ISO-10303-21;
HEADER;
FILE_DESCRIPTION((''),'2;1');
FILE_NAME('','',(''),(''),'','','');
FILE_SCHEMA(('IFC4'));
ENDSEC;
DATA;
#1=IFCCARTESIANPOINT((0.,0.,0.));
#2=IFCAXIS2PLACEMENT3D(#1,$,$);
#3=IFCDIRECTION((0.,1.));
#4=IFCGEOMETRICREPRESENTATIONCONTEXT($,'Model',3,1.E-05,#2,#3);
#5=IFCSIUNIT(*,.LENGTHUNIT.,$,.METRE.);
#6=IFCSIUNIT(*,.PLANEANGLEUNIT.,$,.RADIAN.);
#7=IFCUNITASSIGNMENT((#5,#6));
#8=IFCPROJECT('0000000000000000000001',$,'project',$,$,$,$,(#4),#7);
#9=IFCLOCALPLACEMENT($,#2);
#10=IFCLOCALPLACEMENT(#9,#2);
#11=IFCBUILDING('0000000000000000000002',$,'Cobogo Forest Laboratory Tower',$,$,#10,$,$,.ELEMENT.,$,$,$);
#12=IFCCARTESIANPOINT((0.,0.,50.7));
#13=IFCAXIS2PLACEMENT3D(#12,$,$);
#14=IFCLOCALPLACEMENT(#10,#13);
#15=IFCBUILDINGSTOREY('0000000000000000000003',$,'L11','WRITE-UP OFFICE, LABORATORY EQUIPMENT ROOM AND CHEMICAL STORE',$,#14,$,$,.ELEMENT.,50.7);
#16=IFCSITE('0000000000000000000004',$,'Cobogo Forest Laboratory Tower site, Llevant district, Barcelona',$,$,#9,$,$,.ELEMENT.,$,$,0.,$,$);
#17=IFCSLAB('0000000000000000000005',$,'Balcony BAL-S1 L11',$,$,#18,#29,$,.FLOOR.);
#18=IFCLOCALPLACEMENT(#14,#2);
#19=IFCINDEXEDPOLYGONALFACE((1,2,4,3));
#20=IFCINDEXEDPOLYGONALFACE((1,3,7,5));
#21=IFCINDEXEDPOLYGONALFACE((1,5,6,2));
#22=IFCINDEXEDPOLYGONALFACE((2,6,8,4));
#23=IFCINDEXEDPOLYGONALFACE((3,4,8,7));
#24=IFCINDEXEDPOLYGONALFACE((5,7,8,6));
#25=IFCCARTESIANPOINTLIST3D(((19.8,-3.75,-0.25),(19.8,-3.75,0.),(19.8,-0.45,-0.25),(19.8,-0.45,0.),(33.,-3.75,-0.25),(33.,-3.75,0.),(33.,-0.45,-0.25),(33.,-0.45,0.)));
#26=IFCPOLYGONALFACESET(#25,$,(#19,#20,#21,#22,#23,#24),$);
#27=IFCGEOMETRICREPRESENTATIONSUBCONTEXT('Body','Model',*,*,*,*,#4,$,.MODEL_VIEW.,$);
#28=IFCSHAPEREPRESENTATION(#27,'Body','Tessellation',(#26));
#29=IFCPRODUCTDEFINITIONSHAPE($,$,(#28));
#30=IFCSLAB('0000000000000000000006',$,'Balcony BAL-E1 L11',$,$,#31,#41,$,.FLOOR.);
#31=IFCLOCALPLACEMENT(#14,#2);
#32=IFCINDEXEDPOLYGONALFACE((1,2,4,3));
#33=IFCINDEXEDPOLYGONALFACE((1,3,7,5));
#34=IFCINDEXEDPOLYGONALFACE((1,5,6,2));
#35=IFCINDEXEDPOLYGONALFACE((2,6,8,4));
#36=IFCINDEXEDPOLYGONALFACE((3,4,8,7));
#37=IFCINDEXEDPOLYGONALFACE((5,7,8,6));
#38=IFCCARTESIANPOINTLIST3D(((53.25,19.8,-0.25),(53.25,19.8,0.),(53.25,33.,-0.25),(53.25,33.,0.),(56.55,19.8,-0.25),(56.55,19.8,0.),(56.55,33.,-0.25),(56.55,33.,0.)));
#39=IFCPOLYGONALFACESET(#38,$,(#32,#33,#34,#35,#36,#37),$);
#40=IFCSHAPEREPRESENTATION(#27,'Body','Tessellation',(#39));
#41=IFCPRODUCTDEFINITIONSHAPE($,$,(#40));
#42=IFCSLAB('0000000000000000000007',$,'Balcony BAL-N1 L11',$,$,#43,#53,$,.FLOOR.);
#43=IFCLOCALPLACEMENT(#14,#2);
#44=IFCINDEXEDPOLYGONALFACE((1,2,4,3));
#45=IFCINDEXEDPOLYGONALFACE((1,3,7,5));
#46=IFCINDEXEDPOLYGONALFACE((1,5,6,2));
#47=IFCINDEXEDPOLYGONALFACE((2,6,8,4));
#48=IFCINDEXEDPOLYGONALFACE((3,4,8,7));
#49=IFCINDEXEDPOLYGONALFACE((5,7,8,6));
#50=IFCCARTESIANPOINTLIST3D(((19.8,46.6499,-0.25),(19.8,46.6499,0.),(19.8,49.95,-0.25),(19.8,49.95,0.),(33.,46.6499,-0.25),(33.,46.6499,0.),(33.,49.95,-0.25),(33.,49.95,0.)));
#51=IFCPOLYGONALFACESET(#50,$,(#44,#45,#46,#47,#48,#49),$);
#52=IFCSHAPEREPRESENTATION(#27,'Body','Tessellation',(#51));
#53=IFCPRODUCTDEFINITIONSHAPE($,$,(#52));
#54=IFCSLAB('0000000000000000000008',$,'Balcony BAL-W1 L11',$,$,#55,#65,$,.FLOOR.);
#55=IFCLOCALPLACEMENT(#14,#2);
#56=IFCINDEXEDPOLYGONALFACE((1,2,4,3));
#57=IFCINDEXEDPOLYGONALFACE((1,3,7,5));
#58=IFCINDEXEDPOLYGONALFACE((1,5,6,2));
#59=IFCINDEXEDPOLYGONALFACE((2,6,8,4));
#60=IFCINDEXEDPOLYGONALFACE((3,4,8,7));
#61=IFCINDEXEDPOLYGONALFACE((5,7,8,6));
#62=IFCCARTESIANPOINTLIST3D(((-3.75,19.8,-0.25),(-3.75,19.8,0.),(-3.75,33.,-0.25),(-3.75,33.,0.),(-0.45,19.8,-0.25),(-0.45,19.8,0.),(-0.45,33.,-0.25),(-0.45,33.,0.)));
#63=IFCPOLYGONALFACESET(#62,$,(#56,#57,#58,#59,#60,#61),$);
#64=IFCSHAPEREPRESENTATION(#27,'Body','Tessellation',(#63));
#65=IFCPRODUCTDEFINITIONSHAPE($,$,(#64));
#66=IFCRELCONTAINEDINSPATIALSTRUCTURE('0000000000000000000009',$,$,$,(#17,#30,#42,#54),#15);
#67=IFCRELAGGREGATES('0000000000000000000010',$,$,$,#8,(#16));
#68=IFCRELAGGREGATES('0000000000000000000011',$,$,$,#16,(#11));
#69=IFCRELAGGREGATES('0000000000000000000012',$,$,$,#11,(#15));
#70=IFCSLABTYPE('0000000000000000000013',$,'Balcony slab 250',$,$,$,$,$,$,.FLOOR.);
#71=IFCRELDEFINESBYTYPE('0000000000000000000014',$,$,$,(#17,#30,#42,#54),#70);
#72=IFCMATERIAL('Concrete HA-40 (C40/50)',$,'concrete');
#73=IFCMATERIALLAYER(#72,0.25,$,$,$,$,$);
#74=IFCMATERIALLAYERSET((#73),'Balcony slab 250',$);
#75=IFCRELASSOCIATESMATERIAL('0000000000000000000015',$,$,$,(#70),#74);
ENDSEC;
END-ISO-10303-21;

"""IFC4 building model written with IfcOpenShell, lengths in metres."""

from ifc_helpers import new_model, si_unit, direction, frame, origin, place, context, subcontext, project, spatial, polyline, outline, extrude, material, layer, layer_set, type_object, element, save


model = new_model("IFC4")

# Units and contexts
model_context = context("Model", 3, precision=1e-05, world=origin(), true_north=direction((0.0, 1.0)))
body_context = subcontext(model_context, "Body", "Model", "MODEL_VIEW")
ifc_project = project(units=[si_unit("LENGTHUNIT", "METRE"), si_unit("PLANEANGLEUNIT", "RADIAN")], contexts=[model_context])

# Site, building, storey
site_placement = place(None, origin())
site = spatial("IfcSite", under=ifc_project, at=site_placement, Name="Cobogo Forest Laboratory Tower site, Llevant district, Barcelona", CompositionType="ELEMENT", RefElevation=0.0)
building_placement = place(site_placement, origin())
building = spatial("IfcBuilding", under=site, at=building_placement, Name="Cobogo Forest Laboratory Tower", CompositionType="ELEMENT")
storey_placement = place(building_placement, frame((0.0, 0.0, 50.7)))
storey = spatial("IfcBuildingStorey", under=building, at=storey_placement, Name="L11", Description="WRITE-UP OFFICE, LABORATORY EQUIPMENT ROOM AND CHEMICAL STORE", CompositionType="ELEMENT", Elevation=50.7)

# Slabs
ifc_material_1 = material(Name="Concrete HA-40 (C40/50)", Category="concrete")
ifc_layer_1 = layer(ifc_material_1, 0.25)
ifc_layer_set_1 = layer_set([ifc_layer_1], Name="Balcony slab 250")
slab_type_1 = type_object("IfcSlabType", Name="Balcony slab 250", PredefinedType="FLOOR", material=ifc_layer_set_1)
slab_1_placement = place(storey_placement, frame((0.0, 0.0, -0.25)))
element("IfcSlab", 1, at=slab_1_placement, inside=storey, type_object=slab_type_1, Name="Balcony BAL-S1 L11", PredefinedType="FLOOR", context=body_context, shape_type="SweptSolid", body=[
    extrude(outline(polyline([(19.8, -3.75), (33.0, -3.75), (33.0, -0.45), (19.8, -0.45), (19.8, -3.75)])), origin(), (0.0, 0.0, 1.0), 0.25),
])
slab_2_placement = place(storey_placement, frame((0.0, 0.0, -0.25)))
element("IfcSlab", 2, at=slab_2_placement, inside=storey, type_object=slab_type_1, Name="Balcony BAL-E1 L11", PredefinedType="FLOOR", context=body_context, shape_type="SweptSolid", body=[
    extrude(outline(polyline([(53.25, 19.8), (56.55, 19.8), (56.55, 33.0), (53.25, 33.0), (53.25, 19.8)])), origin(), (0.0, 0.0, 1.0), 0.25),
])
slab_3_placement = place(storey_placement, frame((0.0, 0.0, -0.25)))
element("IfcSlab", 3, at=slab_3_placement, inside=storey, type_object=slab_type_1, Name="Balcony BAL-N1 L11", PredefinedType="FLOOR", context=body_context, shape_type="SweptSolid", body=[
    extrude(outline(polyline([(19.8, 46.6499), (33.0, 46.6499), (33.0, 49.95), (19.8, 49.95), (19.8, 46.6499)])), origin(), (0.0, 0.0, 1.0), 0.25),
])
slab_4_placement = place(storey_placement, frame((0.0, 0.0, -0.25)))
element("IfcSlab", 4, at=slab_4_placement, inside=storey, type_object=slab_type_1, Name="Balcony BAL-W1 L11", PredefinedType="FLOOR", context=body_context, shape_type="SweptSolid", body=[
    extrude(outline(polyline([(-3.75, 19.8), (-0.45, 19.8), (-0.45, 33.0), (-3.75, 33.0), (-3.75, 19.8)])), origin(), (0.0, 0.0, 1.0), 0.25),
])

save(model, "model.ifc")
